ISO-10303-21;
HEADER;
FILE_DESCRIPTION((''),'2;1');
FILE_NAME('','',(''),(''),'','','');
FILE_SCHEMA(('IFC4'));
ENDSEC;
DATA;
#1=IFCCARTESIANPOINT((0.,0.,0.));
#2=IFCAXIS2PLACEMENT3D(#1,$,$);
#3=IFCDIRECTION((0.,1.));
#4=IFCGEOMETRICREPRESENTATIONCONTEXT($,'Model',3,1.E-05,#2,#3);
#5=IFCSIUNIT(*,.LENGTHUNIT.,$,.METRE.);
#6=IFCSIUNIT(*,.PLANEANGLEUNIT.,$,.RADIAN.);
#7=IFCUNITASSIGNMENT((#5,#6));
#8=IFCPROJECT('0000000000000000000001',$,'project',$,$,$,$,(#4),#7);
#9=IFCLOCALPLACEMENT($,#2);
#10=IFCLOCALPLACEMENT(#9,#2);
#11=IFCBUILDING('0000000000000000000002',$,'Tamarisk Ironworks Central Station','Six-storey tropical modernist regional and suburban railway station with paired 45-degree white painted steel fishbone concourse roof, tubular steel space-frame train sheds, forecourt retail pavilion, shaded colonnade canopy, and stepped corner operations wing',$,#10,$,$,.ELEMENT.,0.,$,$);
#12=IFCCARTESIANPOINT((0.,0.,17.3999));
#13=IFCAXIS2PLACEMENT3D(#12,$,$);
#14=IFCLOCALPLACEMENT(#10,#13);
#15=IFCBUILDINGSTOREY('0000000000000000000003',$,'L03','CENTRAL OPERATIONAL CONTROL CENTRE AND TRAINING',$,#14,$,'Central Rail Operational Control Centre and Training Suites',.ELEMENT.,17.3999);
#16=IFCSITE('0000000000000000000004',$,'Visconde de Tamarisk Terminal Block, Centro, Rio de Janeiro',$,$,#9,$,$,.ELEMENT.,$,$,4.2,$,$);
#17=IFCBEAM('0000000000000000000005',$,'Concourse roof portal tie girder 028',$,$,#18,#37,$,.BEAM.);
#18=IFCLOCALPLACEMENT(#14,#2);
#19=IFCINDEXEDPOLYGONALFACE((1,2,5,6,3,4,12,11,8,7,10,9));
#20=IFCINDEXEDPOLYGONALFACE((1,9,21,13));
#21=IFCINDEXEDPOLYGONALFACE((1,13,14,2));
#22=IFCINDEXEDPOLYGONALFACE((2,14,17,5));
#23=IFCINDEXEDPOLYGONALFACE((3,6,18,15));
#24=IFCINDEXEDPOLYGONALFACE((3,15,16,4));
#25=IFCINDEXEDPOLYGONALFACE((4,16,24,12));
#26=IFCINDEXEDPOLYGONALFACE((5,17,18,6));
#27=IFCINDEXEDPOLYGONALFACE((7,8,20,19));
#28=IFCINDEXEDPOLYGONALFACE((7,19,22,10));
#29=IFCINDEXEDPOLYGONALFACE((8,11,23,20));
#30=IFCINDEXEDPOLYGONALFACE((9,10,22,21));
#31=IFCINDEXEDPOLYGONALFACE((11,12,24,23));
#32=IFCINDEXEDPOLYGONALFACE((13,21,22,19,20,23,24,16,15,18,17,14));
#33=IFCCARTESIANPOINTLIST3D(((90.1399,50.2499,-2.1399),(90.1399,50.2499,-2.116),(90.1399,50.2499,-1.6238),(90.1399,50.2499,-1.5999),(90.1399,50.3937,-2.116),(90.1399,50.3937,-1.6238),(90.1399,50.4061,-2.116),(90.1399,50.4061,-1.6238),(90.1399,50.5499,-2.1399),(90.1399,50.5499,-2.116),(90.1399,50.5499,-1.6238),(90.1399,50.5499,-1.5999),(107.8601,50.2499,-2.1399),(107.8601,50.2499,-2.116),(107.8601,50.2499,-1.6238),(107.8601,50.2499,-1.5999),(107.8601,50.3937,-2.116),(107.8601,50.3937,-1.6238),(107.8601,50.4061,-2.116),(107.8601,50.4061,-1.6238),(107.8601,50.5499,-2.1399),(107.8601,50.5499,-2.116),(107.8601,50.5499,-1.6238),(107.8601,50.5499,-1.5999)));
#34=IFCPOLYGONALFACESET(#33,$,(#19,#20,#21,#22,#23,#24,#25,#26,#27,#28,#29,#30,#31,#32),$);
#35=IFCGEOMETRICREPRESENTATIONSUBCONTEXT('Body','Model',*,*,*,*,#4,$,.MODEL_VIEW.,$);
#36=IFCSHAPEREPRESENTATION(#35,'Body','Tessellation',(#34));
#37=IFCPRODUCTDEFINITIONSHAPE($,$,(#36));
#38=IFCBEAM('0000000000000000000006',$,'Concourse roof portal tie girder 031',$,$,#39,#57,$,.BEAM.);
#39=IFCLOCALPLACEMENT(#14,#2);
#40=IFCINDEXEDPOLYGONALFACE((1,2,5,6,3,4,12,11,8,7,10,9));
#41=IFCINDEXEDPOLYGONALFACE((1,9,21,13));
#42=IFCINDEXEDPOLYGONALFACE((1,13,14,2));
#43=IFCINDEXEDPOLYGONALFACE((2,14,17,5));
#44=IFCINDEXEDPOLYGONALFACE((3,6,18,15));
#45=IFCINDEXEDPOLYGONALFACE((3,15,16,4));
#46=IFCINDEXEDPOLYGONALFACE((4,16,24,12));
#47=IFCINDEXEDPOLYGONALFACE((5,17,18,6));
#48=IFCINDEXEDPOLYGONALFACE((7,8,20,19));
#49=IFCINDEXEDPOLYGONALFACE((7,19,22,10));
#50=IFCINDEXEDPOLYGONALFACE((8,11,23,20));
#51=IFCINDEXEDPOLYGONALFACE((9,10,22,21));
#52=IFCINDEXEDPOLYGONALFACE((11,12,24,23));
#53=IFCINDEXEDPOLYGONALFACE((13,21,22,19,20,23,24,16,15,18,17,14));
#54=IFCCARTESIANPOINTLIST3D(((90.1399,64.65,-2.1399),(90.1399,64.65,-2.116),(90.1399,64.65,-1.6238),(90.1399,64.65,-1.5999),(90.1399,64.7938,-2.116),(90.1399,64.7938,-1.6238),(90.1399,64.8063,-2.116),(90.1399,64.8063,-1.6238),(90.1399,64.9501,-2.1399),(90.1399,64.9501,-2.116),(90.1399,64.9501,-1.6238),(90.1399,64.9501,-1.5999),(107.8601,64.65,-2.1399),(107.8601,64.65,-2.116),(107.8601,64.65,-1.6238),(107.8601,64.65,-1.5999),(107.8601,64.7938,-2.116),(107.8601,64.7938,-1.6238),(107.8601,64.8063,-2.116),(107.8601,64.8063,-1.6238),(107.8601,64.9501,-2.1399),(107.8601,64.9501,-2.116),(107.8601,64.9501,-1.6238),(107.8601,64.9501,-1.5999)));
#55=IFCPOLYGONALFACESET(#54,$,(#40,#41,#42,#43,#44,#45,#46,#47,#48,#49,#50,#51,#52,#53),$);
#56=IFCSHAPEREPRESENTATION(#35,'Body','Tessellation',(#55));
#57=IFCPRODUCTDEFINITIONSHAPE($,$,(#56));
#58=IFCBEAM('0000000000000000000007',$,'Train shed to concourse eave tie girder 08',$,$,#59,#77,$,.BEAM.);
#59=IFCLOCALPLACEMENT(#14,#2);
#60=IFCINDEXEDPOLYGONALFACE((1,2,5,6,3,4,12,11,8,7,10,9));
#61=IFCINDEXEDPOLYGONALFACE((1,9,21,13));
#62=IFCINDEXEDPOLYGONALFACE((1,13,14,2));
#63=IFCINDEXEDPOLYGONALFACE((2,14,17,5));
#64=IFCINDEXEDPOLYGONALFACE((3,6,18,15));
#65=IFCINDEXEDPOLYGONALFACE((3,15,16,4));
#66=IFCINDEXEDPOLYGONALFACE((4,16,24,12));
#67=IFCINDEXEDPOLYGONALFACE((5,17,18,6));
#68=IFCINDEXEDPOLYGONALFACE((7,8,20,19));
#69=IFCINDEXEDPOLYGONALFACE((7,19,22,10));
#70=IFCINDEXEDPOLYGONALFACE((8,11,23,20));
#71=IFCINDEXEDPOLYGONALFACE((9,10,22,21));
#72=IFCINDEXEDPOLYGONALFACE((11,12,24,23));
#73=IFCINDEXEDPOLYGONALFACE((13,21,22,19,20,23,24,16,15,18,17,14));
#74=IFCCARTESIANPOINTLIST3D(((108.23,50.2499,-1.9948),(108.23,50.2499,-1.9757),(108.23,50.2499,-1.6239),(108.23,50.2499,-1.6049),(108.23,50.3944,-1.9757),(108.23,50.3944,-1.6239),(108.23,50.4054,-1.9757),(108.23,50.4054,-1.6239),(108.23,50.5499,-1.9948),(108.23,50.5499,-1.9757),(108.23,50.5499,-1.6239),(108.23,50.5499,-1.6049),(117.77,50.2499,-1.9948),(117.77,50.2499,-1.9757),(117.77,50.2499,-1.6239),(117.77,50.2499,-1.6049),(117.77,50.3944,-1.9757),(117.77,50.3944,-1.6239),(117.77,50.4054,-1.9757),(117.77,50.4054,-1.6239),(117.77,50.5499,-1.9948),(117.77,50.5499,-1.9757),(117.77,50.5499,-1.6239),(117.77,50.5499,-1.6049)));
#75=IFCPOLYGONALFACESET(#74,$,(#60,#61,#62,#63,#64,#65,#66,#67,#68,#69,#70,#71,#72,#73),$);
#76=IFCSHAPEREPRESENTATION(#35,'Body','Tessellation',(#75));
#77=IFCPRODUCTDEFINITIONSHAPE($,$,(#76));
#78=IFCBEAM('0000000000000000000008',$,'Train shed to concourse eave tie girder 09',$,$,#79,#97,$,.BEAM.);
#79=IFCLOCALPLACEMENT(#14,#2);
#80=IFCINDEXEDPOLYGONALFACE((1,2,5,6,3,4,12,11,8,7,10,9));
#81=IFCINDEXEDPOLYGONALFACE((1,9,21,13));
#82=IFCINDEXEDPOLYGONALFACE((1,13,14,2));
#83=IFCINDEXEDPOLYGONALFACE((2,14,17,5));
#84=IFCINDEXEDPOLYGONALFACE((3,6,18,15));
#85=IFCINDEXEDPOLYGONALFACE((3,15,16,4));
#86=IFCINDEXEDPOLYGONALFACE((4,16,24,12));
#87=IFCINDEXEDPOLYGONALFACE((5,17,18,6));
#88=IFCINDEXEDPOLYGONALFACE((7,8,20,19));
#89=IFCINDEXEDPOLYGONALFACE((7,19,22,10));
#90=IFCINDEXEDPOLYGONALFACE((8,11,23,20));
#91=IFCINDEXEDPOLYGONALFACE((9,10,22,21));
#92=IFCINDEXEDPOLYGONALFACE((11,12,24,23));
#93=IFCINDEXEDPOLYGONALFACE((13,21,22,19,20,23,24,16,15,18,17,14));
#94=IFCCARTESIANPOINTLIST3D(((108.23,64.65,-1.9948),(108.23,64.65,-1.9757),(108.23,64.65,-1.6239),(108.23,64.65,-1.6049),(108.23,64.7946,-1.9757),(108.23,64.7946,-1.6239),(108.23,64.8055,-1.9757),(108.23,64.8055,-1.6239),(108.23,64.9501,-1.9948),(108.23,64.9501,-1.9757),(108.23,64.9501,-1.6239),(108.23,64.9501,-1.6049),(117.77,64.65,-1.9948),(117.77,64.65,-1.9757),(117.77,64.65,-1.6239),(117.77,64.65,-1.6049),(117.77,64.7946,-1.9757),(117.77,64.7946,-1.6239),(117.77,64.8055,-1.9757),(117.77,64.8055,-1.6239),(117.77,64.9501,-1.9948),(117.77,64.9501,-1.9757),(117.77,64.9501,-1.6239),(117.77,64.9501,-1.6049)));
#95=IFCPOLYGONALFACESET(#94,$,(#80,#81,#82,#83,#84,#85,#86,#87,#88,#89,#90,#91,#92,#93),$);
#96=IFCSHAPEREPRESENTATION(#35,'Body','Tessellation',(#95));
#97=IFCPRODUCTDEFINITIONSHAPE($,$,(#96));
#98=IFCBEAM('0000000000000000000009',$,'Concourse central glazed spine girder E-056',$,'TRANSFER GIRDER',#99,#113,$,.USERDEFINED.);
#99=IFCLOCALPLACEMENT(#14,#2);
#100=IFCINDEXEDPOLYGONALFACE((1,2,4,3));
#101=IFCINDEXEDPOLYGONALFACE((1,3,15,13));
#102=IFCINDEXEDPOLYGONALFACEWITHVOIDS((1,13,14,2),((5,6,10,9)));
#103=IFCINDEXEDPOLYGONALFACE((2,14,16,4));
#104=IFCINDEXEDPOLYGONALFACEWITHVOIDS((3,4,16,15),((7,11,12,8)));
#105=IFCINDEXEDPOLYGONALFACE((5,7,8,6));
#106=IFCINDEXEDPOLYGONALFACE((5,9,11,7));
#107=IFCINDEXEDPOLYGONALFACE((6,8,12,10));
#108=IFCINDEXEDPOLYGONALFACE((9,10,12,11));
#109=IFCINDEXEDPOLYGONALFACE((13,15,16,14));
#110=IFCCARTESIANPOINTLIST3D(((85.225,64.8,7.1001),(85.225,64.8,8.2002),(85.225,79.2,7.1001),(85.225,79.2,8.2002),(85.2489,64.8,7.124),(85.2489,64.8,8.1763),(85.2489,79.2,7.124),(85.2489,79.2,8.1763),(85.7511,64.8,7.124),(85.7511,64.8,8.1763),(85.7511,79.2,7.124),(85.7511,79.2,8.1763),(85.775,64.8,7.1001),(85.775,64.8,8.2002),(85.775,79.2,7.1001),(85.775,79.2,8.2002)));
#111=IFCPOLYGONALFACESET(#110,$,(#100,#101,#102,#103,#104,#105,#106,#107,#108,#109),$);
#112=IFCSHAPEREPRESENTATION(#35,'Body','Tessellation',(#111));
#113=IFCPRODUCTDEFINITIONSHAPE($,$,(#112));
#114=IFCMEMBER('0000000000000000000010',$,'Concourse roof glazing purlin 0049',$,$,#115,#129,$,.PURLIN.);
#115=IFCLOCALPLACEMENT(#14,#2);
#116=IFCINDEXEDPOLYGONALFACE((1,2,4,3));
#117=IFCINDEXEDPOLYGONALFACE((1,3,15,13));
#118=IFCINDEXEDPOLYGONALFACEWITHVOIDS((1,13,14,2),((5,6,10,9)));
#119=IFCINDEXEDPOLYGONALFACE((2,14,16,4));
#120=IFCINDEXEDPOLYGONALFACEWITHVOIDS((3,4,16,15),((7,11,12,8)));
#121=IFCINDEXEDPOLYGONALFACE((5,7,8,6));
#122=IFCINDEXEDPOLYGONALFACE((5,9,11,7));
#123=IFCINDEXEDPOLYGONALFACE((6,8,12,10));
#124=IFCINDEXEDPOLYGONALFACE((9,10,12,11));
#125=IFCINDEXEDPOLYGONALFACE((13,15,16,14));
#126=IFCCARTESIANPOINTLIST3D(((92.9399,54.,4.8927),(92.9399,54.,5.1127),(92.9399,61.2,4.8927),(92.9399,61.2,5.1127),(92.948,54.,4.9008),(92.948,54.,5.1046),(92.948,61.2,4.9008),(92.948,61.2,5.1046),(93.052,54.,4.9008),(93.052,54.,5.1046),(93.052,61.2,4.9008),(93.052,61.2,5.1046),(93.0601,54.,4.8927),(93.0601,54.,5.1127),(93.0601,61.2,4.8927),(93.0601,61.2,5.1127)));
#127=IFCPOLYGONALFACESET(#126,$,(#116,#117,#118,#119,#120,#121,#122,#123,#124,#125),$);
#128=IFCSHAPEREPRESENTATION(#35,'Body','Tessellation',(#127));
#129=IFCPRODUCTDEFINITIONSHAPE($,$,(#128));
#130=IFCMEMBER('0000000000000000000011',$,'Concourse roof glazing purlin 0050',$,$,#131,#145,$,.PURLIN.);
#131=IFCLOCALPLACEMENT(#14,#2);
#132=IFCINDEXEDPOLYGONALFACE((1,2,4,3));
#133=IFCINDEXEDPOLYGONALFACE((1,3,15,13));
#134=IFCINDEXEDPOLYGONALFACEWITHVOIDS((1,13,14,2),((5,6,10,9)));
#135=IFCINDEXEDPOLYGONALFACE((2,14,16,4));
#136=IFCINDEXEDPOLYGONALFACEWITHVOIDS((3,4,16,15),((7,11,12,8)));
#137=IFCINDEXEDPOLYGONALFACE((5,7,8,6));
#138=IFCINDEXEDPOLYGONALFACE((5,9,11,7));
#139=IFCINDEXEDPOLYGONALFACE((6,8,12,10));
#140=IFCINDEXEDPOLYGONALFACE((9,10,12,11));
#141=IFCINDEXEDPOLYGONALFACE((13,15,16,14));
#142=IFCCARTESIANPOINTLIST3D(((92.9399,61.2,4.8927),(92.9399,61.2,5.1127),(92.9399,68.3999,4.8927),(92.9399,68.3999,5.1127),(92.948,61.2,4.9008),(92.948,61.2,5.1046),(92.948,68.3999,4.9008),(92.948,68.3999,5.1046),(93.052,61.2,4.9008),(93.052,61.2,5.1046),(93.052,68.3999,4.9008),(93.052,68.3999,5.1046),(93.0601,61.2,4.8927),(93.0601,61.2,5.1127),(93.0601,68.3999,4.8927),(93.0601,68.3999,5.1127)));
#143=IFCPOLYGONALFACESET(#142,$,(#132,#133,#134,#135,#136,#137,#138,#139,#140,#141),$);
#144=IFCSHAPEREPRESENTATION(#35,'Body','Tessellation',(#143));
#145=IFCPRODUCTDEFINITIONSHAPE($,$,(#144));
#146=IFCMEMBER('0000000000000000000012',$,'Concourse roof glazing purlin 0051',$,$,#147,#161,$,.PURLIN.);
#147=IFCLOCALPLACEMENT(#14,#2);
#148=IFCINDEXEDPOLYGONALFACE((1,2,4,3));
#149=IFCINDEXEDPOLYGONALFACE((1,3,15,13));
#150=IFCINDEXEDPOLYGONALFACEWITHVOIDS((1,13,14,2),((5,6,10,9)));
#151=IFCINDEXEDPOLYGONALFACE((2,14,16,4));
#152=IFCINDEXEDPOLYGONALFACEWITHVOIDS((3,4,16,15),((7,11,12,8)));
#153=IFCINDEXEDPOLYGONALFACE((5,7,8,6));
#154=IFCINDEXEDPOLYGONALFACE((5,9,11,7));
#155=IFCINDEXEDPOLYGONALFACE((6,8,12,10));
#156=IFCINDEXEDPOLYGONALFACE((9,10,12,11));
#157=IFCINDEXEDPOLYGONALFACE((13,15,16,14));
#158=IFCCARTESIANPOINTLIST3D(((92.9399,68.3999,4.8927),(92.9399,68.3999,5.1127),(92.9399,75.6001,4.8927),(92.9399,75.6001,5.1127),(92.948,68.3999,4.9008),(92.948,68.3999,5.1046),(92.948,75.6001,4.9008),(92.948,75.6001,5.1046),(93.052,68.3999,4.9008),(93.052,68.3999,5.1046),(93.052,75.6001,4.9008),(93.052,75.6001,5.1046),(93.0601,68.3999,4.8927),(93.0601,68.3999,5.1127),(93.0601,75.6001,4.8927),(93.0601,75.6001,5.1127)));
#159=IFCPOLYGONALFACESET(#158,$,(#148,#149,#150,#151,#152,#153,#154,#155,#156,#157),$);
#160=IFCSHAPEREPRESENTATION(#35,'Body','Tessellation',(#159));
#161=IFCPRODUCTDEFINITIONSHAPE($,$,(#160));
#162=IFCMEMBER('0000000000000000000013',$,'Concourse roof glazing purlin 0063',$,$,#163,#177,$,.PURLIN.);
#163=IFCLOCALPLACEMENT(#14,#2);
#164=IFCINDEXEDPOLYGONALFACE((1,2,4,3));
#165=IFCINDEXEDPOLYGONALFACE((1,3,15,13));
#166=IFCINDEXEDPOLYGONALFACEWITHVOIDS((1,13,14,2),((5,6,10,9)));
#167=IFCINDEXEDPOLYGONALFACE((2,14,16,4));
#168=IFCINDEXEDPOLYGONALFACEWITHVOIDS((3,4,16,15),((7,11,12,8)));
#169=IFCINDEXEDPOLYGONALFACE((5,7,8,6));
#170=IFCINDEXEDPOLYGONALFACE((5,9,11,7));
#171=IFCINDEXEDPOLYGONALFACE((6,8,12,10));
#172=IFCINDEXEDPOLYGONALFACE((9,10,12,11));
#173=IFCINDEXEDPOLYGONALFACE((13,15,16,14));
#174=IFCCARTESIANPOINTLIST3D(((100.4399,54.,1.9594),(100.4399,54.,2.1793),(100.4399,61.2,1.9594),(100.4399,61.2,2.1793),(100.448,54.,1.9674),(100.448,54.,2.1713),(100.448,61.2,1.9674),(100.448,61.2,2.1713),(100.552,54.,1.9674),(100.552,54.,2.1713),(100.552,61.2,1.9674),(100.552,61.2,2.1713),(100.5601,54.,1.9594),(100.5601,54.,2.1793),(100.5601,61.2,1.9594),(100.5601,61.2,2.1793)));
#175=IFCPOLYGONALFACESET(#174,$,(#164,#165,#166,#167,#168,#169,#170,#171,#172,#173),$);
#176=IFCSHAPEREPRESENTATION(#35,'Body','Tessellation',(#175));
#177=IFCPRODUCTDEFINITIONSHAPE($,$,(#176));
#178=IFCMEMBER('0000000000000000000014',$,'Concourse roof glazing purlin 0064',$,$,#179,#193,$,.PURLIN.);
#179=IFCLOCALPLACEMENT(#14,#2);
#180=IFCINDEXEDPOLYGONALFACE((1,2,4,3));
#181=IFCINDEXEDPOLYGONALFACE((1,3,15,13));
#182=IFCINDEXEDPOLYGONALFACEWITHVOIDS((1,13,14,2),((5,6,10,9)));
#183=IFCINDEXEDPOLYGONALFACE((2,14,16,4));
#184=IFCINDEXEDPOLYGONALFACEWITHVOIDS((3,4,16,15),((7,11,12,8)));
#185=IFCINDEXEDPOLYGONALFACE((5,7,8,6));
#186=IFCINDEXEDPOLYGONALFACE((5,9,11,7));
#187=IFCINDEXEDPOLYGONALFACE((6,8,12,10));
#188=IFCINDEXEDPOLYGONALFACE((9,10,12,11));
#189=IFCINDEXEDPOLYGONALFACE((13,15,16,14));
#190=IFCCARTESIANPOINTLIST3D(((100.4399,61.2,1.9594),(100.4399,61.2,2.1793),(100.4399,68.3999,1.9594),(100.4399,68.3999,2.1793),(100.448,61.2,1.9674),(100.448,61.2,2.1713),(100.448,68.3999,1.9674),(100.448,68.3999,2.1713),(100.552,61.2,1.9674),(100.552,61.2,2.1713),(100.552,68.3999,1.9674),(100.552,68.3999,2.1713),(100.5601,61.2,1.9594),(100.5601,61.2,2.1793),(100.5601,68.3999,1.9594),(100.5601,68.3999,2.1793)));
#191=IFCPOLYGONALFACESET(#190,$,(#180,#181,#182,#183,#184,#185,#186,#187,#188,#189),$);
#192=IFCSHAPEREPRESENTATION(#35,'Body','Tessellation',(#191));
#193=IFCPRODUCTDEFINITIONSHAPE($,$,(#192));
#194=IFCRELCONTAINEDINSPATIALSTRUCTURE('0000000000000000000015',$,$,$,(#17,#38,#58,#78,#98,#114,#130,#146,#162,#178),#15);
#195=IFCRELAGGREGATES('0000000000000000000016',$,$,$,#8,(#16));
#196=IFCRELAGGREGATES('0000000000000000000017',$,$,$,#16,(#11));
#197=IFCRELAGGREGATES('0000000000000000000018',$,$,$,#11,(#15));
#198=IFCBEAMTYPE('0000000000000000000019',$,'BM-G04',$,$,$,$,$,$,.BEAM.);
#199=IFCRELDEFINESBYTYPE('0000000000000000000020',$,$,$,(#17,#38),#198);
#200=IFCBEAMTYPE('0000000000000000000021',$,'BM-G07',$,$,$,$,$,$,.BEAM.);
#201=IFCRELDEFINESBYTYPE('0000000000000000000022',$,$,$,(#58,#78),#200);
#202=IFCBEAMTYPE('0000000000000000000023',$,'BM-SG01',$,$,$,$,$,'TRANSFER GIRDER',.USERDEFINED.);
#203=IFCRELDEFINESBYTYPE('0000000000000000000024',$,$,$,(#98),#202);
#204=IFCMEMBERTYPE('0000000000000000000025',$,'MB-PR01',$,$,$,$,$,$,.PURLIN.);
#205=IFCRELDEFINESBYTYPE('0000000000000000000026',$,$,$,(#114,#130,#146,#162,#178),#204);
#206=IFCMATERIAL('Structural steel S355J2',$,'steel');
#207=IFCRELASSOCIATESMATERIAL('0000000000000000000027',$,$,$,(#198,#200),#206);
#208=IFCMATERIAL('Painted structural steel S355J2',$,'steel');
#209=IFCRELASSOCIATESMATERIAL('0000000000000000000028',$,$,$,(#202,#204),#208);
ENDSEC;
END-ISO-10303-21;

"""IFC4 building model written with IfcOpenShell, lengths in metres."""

from ifc_helpers import new_model, si_unit, direction, frame, origin, origin_2d, place, context, subcontext, project, spatial, hollow_rectangle, i_section, extrude, material, material_profile, profile_set, type_object, element, save


model = new_model("IFC4")

# Units and contexts
model_context = context("Model", 3, precision=1e-05, world=origin(), true_north=direction((0.0, 1.0)))
body_context = subcontext(model_context, "Body", "Model", "MODEL_VIEW")
ifc_project = project(units=[si_unit("LENGTHUNIT", "METRE"), si_unit("PLANEANGLEUNIT", "RADIAN")], contexts=[model_context])

# Site, building, storey
site_placement = place(None, origin())
site = spatial("IfcSite", under=ifc_project, at=site_placement, Name="Visconde de Tamarisk Terminal Block, Centro, Rio de Janeiro", CompositionType="ELEMENT", RefElevation=4.2)
building_placement = place(site_placement, origin())
building = spatial("IfcBuilding", under=site, at=building_placement, Name="Tamarisk Ironworks Central Station", Description="Six-storey tropical modernist regional and suburban railway station with paired 45-degree white painted steel fishbone concourse roof, tubular steel space-frame train sheds, forecourt retail pavilion, shaded colonnade canopy, and stepped corner operations wing", CompositionType="ELEMENT", ElevationOfRefHeight=0.0)
storey_placement = place(building_placement, frame((0.0, 0.0, 17.3999)))
storey = spatial("IfcBuildingStorey", under=building, at=storey_placement, Name="L03", Description="CENTRAL OPERATIONAL CONTROL CENTRE AND TRAINING", LongName="Central Rail Operational Control Centre and Training Suites", CompositionType="ELEMENT", Elevation=17.3999)

# Beams
ifc_material_1 = material(Name="Painted structural steel S355J2", Category="steel")
ifc_material_2 = material(Name="Structural steel S355J2", Category="steel")
ifc_material_profile_1 = material_profile(ifc_material_2, i_section(OverallWidth=0.3, OverallDepth=0.54, WebThickness=0.0125, FlangeThickness=0.0239, at=origin_2d()), Name="HEA 550")
ifc_profile_set_1 = profile_set([ifc_material_profile_1], Name="Structural steel S355J2")
beam_type_1 = type_object("IfcBeamType", Name="BM-G04", PredefinedType="BEAM", material=ifc_profile_set_1)
for number, where, z_axis, x_axis, name in (
    (1, (90.1399, 50.3999, -1.8699), (1.0, 0.0, 0.0), (0.0, 1.0, 0.0), "Concourse roof portal tie girder 028"),
    (2, (90.1399, 64.8, -1.8699), (1.0, 0.0, 0.0), (0.0, 1.0, 0.0), "Concourse roof portal tie girder 031"),
):
    element("IfcBeam", number, at=place(storey_placement, frame(where, z_axis=z_axis, x_axis=x_axis)), inside=storey, type_object=beam_type_1, Name=name, PredefinedType="BEAM", context=body_context, shape_type="SweptSolid", body=[
        extrude(i_section(OverallWidth=0.3, OverallDepth=0.54, WebThickness=0.0125, FlangeThickness=0.0239, at=origin_2d()), origin(), (0.0, 0.0, 1.0), 17.7202),
    ])
ifc_material_profile_2 = material_profile(ifc_material_2, i_section(OverallWidth=0.3, OverallDepth=0.3899, WebThickness=0.011, FlangeThickness=0.019, at=origin_2d()), Name="HEA 400")
ifc_profile_set_2 = profile_set([ifc_material_profile_2], Name="Structural steel S355J2")
beam_type_2 = type_object("IfcBeamType", Name="BM-G07", PredefinedType="BEAM", material=ifc_profile_set_2)
for number, where, z_axis, x_axis, name in (
    (3, (108.23, 50.3999, -1.7998), (1.0, 0.0, 0.0), (0.0, 1.0, 0.0), "Train shed to concourse eave tie girder 08"),
    (4, (108.23, 64.8, -1.7998), (1.0, 0.0, 0.0), (0.0, 1.0, 0.0), "Train shed to concourse eave tie girder 09"),
):
    element("IfcBeam", number, at=place(storey_placement, frame(where, z_axis=z_axis, x_axis=x_axis)), inside=storey, type_object=beam_type_2, Name=name, PredefinedType="BEAM", context=body_context, shape_type="SweptSolid", body=[
        extrude(i_section(OverallWidth=0.3, OverallDepth=0.3899, WebThickness=0.011, FlangeThickness=0.019, at=origin_2d()), origin(), (0.0, 0.0, 1.0), 9.54),
    ])
ifc_material_profile_3 = material_profile(ifc_material_1, hollow_rectangle(XDim=0.55, YDim=1.1001, WallThickness=0.0239, at=origin_2d()), Name="BOX 550x1100x24")
ifc_profile_set_3 = profile_set([ifc_material_profile_3], Name="Painted structural steel S355J2")
beam_type_3 = type_object("IfcBeamType", Name="BM-SG01", ElementType="TRANSFER GIRDER", PredefinedType="USERDEFINED", material=ifc_profile_set_3)
beam_1_placement = place(storey_placement, frame((85.5, 64.8, 7.6501), z_axis=(0.0, 1.0, 0.0), x_axis=(-1.0, 0.0, 0.0)))
element("IfcBeam", 5, at=beam_1_placement, inside=storey, type_object=beam_type_3, Name="Concourse central glazed spine girder E-056", ObjectType="TRANSFER GIRDER", PredefinedType="USERDEFINED", context=body_context, shape_type="SweptSolid", body=[
    extrude(hollow_rectangle(XDim=0.55, YDim=1.1001, WallThickness=0.0239, at=origin_2d()), origin(), (0.0, 0.0, 1.0), 14.3999),
])

# Members
ifc_material_profile_4 = material_profile(ifc_material_1, hollow_rectangle(XDim=0.1201, YDim=0.22, WallThickness=0.0081, at=origin_2d()), Name="RHS 220x120x8")
ifc_profile_set_4 = profile_set([ifc_material_profile_4], Name="Painted structural steel S355J2")
member_type_1 = type_object("IfcMemberType", Name="MB-PR01", PredefinedType="PURLIN", material=ifc_profile_set_4)
for number, where, z_axis, x_axis, name in (
    (6, (93.0, 54.0, 5.0027), (0.0, 1.0, 0.0), (-1.0, 0.0, 0.0), "Concourse roof glazing purlin 0049"),
    (7, (93.0, 61.2, 5.0027), (0.0, 1.0, 0.0), (-1.0, 0.0, 0.0), "Concourse roof glazing purlin 0050"),
):
    element("IfcMember", number, at=place(storey_placement, frame(where, z_axis=z_axis, x_axis=x_axis)), inside=storey, type_object=member_type_1, Name=name, PredefinedType="PURLIN", context=body_context, shape_type="SweptSolid", body=[
        extrude(hollow_rectangle(XDim=0.1201, YDim=0.22, WallThickness=0.0081, at=origin_2d()), origin(), (0.0, 0.0, 1.0), 7.2),
    ])
member_1_placement = place(storey_placement, frame((93.0, 68.3999, 5.0027), z_axis=(0.0, 1.0, 0.0), x_axis=(-1.0, 0.0, 0.0)))
element("IfcMember", 8, at=member_1_placement, inside=storey, type_object=member_type_1, Name="Concourse roof glazing purlin 0051", PredefinedType="PURLIN", context=body_context, shape_type="SweptSolid", body=[
    extrude(hollow_rectangle(XDim=0.1201, YDim=0.22, WallThickness=0.0081, at=origin_2d()), origin(), (0.0, 0.0, 1.0), 7.2002),
])
for number, where, z_axis, x_axis, name in (
    (9, (100.5, 54.0, 2.0693), (0.0, 1.0, 0.0), (-1.0, 0.0, 0.0), "Concourse roof glazing purlin 0063"),
    (10, (100.5, 61.2, 2.0693), (0.0, 1.0, 0.0), (-1.0, 0.0, 0.0), "Concourse roof glazing purlin 0064"),
):
    element("IfcMember", number, at=place(storey_placement, frame(where, z_axis=z_axis, x_axis=x_axis)), inside=storey, type_object=member_type_1, Name=name, PredefinedType="PURLIN", context=body_context, shape_type="SweptSolid", body=[
        extrude(hollow_rectangle(XDim=0.1201, YDim=0.22, WallThickness=0.0081, at=origin_2d()), origin(), (0.0, 0.0, 1.0), 7.2),
    ])

save(model, "model.ifc")
